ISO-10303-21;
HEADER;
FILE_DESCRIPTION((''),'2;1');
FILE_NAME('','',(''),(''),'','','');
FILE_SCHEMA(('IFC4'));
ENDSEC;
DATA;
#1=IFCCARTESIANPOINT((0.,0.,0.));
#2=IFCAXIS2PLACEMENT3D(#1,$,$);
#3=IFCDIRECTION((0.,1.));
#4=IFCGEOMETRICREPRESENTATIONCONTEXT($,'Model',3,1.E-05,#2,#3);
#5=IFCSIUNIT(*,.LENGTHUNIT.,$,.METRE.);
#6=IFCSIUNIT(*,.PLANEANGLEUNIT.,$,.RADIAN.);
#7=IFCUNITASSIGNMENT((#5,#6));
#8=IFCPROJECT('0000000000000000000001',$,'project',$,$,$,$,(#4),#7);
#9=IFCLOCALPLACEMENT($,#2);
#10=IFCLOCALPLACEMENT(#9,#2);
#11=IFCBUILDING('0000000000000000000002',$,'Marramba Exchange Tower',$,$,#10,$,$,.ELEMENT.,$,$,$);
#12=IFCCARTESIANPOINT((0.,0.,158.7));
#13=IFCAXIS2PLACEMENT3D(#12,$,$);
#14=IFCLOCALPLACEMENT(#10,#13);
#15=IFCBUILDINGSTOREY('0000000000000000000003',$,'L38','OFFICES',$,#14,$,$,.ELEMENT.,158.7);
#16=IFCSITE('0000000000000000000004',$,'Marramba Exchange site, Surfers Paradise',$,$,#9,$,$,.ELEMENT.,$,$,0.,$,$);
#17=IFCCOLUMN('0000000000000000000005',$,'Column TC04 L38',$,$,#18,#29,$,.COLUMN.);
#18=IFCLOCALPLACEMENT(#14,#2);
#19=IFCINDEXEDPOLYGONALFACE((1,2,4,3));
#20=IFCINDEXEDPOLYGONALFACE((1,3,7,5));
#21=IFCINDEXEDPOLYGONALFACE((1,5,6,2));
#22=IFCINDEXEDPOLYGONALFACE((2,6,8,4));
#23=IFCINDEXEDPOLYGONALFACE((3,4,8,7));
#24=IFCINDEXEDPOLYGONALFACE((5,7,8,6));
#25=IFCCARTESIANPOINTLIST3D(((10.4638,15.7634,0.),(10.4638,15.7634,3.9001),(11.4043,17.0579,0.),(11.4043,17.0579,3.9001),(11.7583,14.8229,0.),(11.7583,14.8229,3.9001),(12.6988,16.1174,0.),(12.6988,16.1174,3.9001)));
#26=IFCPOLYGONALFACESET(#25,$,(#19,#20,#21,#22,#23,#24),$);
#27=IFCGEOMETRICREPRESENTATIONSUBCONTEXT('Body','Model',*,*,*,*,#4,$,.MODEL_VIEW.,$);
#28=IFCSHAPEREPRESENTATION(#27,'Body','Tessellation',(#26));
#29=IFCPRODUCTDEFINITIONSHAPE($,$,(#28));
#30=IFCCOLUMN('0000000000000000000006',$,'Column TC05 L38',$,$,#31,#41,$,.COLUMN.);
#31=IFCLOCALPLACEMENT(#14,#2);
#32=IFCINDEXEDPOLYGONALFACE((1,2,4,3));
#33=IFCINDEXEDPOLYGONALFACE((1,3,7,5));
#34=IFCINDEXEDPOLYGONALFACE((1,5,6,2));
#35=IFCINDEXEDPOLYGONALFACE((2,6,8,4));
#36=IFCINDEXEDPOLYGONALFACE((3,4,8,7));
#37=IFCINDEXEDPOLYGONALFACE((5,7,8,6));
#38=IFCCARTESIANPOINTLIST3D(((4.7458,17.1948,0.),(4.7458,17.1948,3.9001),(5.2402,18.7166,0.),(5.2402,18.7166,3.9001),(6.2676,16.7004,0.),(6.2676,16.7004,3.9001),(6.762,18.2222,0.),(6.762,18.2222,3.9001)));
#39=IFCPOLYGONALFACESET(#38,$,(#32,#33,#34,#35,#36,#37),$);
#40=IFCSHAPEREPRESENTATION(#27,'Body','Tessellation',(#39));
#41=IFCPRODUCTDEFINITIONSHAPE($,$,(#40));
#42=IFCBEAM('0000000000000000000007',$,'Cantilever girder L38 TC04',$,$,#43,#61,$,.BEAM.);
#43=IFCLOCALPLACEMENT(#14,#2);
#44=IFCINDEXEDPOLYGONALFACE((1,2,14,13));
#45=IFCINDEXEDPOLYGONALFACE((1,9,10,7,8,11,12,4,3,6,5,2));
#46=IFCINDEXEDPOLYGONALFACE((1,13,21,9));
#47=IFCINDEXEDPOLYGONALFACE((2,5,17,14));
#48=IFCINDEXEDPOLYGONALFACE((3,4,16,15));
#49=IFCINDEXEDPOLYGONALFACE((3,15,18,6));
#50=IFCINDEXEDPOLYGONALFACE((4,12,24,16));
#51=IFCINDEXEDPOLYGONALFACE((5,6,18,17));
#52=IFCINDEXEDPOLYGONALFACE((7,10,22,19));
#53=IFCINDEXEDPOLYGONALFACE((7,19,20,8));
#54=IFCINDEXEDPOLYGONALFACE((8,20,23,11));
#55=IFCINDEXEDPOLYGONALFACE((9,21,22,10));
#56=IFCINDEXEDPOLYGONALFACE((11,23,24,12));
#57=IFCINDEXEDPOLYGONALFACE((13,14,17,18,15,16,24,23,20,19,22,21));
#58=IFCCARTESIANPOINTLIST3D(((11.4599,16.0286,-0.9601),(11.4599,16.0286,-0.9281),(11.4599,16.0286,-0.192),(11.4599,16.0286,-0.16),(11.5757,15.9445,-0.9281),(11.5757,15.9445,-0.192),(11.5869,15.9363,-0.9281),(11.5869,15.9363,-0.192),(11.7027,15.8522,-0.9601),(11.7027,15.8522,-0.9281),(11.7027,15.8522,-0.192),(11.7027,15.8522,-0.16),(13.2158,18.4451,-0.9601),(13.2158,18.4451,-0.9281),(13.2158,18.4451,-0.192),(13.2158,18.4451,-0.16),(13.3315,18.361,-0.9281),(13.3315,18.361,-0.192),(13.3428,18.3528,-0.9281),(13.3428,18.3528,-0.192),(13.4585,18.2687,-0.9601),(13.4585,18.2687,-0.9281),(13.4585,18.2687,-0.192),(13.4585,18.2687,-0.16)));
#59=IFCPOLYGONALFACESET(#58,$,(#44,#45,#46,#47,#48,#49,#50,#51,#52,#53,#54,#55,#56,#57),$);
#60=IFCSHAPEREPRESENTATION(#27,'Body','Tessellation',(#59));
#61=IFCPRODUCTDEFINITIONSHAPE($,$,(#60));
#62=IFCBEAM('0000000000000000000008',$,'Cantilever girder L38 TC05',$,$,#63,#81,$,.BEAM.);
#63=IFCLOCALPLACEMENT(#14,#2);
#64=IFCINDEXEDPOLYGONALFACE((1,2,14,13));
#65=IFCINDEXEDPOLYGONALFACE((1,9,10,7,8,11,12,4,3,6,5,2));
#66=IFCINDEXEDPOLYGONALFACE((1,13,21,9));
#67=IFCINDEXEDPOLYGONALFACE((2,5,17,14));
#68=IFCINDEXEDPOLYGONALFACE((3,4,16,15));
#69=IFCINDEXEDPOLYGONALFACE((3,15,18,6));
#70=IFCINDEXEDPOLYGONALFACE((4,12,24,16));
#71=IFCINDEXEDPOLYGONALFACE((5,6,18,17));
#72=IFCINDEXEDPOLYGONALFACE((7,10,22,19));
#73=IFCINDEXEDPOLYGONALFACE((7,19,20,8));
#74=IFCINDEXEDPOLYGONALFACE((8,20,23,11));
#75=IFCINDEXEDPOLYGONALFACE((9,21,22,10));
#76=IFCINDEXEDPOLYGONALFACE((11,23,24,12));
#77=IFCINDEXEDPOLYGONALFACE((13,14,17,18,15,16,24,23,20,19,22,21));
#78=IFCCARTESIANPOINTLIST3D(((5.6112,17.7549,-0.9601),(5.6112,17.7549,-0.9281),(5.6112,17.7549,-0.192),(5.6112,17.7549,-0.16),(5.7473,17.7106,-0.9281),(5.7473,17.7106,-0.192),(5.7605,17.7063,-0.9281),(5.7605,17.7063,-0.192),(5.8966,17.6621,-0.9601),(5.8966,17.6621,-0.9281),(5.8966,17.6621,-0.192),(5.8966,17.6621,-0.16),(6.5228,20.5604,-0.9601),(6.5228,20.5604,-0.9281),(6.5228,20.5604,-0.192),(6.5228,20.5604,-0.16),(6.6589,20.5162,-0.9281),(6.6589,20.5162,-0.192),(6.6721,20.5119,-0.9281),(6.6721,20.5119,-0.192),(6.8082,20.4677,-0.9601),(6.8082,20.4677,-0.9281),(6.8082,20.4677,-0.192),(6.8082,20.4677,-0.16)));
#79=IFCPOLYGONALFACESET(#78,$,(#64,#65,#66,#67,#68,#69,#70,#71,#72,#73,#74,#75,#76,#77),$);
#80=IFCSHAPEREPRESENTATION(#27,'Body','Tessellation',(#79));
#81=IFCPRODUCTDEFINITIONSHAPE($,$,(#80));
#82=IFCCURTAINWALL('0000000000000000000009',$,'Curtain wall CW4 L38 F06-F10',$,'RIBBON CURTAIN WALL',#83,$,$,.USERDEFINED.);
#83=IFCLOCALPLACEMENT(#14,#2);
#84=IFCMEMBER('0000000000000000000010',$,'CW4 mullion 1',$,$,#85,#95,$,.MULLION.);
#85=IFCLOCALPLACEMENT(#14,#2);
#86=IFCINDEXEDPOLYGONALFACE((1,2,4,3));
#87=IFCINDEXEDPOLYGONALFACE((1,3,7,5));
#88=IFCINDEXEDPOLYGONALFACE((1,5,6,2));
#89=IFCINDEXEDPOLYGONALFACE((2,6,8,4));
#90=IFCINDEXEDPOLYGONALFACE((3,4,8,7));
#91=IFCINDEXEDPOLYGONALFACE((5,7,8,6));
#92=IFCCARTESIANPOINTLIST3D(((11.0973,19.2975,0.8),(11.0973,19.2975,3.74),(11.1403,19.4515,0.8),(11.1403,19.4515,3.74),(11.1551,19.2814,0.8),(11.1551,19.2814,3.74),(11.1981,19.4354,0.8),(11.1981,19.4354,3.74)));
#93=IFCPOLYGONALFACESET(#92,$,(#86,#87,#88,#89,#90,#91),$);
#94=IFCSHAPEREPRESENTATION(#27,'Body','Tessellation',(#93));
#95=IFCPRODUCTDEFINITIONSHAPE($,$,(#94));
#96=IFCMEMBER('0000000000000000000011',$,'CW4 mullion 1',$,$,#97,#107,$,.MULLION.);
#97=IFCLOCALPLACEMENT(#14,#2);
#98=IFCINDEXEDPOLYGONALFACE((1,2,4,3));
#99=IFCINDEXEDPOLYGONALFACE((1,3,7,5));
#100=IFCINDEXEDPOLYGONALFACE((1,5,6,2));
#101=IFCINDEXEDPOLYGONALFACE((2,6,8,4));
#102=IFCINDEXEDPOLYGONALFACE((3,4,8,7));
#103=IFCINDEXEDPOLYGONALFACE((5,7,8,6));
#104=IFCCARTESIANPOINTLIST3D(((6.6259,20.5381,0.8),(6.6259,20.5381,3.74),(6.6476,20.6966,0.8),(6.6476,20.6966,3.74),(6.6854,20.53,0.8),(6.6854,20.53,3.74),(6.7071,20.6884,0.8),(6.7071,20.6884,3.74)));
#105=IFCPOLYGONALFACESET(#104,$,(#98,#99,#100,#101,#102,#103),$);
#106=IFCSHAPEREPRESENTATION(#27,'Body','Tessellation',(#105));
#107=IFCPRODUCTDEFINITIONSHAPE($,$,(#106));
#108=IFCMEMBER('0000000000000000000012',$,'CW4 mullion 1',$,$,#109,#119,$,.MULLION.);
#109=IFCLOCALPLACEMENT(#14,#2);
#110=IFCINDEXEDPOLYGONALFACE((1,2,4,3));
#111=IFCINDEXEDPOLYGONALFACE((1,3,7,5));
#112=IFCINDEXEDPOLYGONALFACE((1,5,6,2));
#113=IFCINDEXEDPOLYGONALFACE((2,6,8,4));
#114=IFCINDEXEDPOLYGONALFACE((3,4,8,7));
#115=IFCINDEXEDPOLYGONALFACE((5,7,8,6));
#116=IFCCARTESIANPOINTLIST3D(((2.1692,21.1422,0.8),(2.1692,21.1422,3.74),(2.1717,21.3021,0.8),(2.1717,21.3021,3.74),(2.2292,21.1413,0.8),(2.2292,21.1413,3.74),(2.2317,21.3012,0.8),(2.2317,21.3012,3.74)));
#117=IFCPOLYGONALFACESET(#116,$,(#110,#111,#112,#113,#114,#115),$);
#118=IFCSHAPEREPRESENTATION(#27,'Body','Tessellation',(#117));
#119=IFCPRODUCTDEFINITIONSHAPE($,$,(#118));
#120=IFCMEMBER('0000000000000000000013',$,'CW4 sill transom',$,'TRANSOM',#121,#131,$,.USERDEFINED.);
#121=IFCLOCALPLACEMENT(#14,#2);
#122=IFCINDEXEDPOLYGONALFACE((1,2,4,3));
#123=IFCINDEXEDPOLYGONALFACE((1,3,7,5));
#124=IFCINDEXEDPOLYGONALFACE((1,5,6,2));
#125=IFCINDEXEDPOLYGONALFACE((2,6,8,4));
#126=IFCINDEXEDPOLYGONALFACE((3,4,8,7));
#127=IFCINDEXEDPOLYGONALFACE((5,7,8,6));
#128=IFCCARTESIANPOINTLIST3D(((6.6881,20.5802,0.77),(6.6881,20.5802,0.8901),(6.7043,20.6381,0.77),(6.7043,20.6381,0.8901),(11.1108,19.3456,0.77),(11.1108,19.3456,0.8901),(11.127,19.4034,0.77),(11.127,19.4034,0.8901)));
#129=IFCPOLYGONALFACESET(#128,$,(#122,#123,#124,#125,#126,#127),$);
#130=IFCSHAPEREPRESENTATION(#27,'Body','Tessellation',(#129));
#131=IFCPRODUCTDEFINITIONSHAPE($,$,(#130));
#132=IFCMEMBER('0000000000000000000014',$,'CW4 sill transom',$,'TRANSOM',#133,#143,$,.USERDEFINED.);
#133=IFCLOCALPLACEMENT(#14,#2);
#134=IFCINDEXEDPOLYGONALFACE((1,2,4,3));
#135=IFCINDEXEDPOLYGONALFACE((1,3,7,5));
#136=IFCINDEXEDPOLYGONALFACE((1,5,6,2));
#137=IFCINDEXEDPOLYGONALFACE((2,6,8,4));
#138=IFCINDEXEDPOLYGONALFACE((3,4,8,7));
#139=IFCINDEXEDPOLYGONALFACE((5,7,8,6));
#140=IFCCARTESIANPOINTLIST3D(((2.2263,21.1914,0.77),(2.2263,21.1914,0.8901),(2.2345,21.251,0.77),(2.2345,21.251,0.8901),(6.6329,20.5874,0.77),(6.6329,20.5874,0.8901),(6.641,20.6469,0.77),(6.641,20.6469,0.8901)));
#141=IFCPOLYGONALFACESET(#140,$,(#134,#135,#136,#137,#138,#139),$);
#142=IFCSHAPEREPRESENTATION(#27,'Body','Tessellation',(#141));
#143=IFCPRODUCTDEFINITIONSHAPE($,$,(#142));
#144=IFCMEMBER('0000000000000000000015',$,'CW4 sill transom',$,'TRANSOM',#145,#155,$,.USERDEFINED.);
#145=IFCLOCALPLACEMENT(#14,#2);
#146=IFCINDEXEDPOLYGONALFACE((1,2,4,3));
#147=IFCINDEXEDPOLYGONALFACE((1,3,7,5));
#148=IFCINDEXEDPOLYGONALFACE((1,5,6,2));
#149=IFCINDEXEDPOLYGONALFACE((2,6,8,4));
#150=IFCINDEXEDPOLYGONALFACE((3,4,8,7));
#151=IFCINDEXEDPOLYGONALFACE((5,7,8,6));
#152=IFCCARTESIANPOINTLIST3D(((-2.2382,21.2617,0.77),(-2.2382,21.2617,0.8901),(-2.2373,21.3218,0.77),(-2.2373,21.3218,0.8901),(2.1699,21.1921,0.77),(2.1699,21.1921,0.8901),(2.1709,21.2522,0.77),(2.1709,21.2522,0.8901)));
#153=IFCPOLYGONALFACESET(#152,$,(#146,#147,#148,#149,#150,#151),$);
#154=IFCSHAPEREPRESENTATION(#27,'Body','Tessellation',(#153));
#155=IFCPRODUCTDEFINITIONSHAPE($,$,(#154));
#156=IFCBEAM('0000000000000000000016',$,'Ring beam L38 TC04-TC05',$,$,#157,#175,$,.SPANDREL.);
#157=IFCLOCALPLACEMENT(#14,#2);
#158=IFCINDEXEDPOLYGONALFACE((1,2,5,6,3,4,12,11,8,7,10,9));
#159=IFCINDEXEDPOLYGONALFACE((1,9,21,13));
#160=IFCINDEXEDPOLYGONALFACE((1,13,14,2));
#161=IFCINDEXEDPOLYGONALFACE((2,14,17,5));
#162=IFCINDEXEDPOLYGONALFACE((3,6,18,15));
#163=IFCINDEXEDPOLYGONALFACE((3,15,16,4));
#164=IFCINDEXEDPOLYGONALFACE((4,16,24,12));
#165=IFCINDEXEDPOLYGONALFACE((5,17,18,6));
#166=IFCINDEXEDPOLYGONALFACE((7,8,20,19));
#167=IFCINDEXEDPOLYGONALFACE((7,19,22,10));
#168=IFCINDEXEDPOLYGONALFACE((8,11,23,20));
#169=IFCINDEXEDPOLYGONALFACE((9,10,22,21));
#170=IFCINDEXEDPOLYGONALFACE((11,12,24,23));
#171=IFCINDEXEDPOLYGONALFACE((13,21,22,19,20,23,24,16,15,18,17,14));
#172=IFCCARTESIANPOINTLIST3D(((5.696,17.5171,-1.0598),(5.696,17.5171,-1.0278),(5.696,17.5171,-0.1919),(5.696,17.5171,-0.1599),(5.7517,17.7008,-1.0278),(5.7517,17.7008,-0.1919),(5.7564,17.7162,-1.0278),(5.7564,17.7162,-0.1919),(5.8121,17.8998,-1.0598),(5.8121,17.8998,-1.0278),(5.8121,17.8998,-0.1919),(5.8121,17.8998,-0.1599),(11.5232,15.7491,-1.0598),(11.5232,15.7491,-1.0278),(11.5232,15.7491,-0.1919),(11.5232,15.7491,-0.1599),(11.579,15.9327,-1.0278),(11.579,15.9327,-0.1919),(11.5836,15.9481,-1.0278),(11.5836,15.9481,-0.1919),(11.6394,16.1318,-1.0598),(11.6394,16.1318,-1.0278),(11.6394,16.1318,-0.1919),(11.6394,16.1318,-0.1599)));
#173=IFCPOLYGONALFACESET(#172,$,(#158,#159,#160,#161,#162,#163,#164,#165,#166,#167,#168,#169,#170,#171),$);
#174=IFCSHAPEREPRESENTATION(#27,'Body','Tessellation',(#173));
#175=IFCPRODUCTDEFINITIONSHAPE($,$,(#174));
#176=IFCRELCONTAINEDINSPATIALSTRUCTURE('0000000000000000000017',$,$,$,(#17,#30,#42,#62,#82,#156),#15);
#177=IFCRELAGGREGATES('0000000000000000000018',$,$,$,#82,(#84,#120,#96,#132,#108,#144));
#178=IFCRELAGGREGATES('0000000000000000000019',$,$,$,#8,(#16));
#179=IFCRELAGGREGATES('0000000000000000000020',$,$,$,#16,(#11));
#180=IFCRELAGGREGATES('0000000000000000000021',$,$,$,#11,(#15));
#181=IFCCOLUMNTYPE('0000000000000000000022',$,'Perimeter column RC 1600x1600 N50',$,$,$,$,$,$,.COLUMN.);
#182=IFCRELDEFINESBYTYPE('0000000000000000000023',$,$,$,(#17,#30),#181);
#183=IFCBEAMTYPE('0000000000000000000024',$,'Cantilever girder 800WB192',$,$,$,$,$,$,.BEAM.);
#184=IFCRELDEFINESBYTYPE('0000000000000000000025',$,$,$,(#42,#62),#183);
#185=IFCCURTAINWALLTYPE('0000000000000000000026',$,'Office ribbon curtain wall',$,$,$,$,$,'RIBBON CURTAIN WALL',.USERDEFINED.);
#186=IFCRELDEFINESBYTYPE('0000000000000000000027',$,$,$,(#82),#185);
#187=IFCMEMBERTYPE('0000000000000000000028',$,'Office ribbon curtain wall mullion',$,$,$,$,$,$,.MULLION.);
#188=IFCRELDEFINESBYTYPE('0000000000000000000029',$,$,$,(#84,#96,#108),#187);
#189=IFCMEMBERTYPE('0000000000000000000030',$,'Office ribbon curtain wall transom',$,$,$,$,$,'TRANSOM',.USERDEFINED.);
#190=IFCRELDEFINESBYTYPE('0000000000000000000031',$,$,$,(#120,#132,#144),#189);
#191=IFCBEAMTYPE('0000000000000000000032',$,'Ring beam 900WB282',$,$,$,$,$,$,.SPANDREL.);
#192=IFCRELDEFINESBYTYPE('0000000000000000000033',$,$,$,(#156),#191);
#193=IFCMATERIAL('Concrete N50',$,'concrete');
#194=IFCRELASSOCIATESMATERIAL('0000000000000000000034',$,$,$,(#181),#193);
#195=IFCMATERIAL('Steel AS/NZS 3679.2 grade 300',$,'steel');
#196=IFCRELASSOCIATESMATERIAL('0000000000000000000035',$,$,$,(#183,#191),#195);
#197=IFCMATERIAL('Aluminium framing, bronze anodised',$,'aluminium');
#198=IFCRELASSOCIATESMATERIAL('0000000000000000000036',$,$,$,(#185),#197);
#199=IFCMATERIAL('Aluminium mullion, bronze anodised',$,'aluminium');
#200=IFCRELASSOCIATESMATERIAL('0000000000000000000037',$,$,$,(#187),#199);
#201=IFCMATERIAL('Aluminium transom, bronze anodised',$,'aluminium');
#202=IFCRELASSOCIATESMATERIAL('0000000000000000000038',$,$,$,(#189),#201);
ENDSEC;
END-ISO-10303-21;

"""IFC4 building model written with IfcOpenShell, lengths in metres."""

from ifc_helpers import new_model, si_unit, direction, frame, origin, origin_2d, place, context, subcontext, project, spatial, rectangle, i_section, extrude, material, material_profile, profile_set, type_object, element, aggregate, save


model = new_model("IFC4")

# Units and contexts
model_context = context("Model", 3, precision=1e-05, world=origin(), true_north=direction((0.0, 1.0)))
body_context = subcontext(model_context, "Body", "Model", "MODEL_VIEW")
ifc_project = project(units=[si_unit("LENGTHUNIT", "METRE"), si_unit("PLANEANGLEUNIT", "RADIAN")], contexts=[model_context])

# Site, building, storey
site_placement = place(None, origin())
site = spatial("IfcSite", under=ifc_project, at=site_placement, Name="Marramba Exchange site, Surfers Paradise", CompositionType="ELEMENT", RefElevation=0.0)
building_placement = place(site_placement, origin())
building = spatial("IfcBuilding", under=site, at=building_placement, Name="Marramba Exchange Tower", CompositionType="ELEMENT")
storey_placement = place(building_placement, frame((0.0, 0.0, 158.7)))
storey = spatial("IfcBuildingStorey", under=building, at=storey_placement, Name="L38", Description="OFFICES", CompositionType="ELEMENT", Elevation=158.7)

# Columns
ifc_material_1 = material(Name="Concrete N50", Category="concrete")
ifc_material_profile_1 = material_profile(ifc_material_1, rectangle(XDim=1.6001, YDim=1.6001, at=origin_2d()), Name="RC 1600x1600")
ifc_profile_set_1 = profile_set([ifc_material_profile_1], Name="Concrete N50")
column_type = type_object("IfcColumnType", Name="Perimeter column RC 1600x1600 N50", PredefinedType="COLUMN", material=ifc_profile_set_1)
for number, where, z_axis, x_axis, name in (
    (1, (11.5813, 15.9404, 0.0), (0.0, 0.0, 1.0), (0.587785, 0.809017, 0.0), "Column TC04 L38"),
    (2, (5.7539, 17.7085, 0.0), (0.0, 0.0, 1.0), (0.309017, 0.951057, 0.0), "Column TC05 L38"),
):
    element("IfcColumn", number, at=place(storey_placement, frame(where, z_axis=z_axis, x_axis=x_axis)), inside=storey, type_object=column_type, Name=name, PredefinedType="COLUMN", context=body_context, shape_type="SweptSolid", body=[
        extrude(rectangle(XDim=1.6001, YDim=1.6001, at=origin_2d()), origin(), (0.0, 0.0, 1.0), 3.9001),
    ])

# Beams
ifc_material_2 = material(Name="Steel AS/NZS 3679.2 grade 300", Category="steel")
ifc_material_profile_2 = material_profile(ifc_material_2, i_section(OverallWidth=0.3, OverallDepth=0.8, WebThickness=0.0139, FlangeThickness=0.032, at=origin_2d()), Name="800WB192")
ifc_profile_set_2 = profile_set([ifc_material_profile_2], Name="Steel AS/NZS 3679.2 grade 300")
beam_type_1 = type_object("IfcBeamType", Name="Cantilever girder 800WB192", PredefinedType="BEAM", material=ifc_profile_set_2)
beam_1_placement = place(storey_placement, frame((11.5813, 15.9404, -0.5601), z_axis=(0.587822, 0.80899, 0.0), x_axis=(-0.80899, 0.587822, 0.0)))
element("IfcBeam", 3, at=beam_1_placement, inside=storey, type_object=beam_type_1, Name="Cantilever girder L38 TC04", PredefinedType="BEAM", context=body_context, shape_type="SweptSolid", body=[
    extrude(i_section(OverallWidth=0.3, OverallDepth=0.8, WebThickness=0.0139, FlangeThickness=0.032, at=origin_2d()), origin(), (0.0, 0.0, 1.0), 2.9871),
])
beam_2_placement = place(storey_placement, frame((5.7539, 17.7085, -0.5601), z_axis=(0.309019, 0.951056, 0.0), x_axis=(-0.951056, 0.309019, 0.0)))
element("IfcBeam", 4, at=beam_2_placement, inside=storey, type_object=beam_type_1, Name="Cantilever girder L38 TC05", PredefinedType="BEAM", context=body_context, shape_type="SweptSolid", body=[
    extrude(i_section(OverallWidth=0.3, OverallDepth=0.8, WebThickness=0.0139, FlangeThickness=0.032, at=origin_2d()), origin(), (0.0, 0.0, 1.0), 2.95),
])

# Curtain wall, members
ifc_material_3 = material(Name="Aluminium framing, bronze anodised", Category="aluminium")
curtain_wall_type = type_object("IfcCurtainWallType", Name="Office ribbon curtain wall", ElementType="RIBBON CURTAIN WALL", PredefinedType="USERDEFINED", material=ifc_material_3)
curtain_wall_placement = place(storey_placement, origin())
curtain_wall = element("IfcCurtainWall", 5, at=curtain_wall_placement, inside=storey, type_object=curtain_wall_type, Name="Curtain wall CW4 L38 F06-F10", ObjectType="RIBBON CURTAIN WALL", PredefinedType="USERDEFINED")
ifc_material_4 = material(Name="Aluminium mullion, bronze anodised", Category="aluminium")
ifc_material_profile_3 = material_profile(ifc_material_4, rectangle(XDim=0.1599, YDim=0.0601, at=origin_2d()), Name="CW4 mullion 60x160")
ifc_profile_set_3 = profile_set([ifc_material_profile_3], Name="Aluminium mullion, bronze anodised")
member_type_1 = type_object("IfcMemberType", Name="Office ribbon curtain wall mullion", PredefinedType="MULLION", material=ifc_profile_set_3)
member_1_placement = place(storey_placement, frame((11.1477, 19.3665, 0.8), z_axis=(0.0, 0.0, 1.0), x_axis=(-0.268865, -0.963178, 0.0)))
member_1 = element("IfcMember", 6, at=member_1_placement, type_object=member_type_1, Name="CW4 mullion 1", PredefinedType="MULLION", context=body_context, shape_type="SweptSolid", body=[
    extrude(rectangle(XDim=0.1599, YDim=0.0601, at=origin_2d()), origin(), (0.0, 0.0, 1.0), 2.9399),
])
member_2_placement = place(storey_placement, frame((6.6665, 20.6133, 0.8), z_axis=(0.0, 0.0, 1.0), x_axis=(-0.135786, -0.990738, 0.0)))
member_2 = element("IfcMember", 7, at=member_2_placement, type_object=member_type_1, Name="CW4 mullion 1", PredefinedType="MULLION", context=body_context, shape_type="SweptSolid", body=[
    extrude(rectangle(XDim=0.1599, YDim=0.0601, at=origin_2d()), origin(), (0.0, 0.0, 1.0), 2.9399),
])
member_3_placement = place(storey_placement, frame((2.2004, 21.2217, 0.8), z_axis=(0.0, 0.0, 1.0), x_axis=(-0.015756, -0.999876, 0.0)))
member_3 = element("IfcMember", 8, at=member_3_placement, type_object=member_type_1, Name="CW4 mullion 1", PredefinedType="MULLION", context=body_context, shape_type="SweptSolid", body=[
    extrude(rectangle(XDim=0.1599, YDim=0.0601, at=origin_2d()), origin(), (0.0, 0.0, 1.0), 2.9399),
])
ifc_material_5 = material(Name="Aluminium transom, bronze anodised", Category="aluminium")
ifc_material_profile_4 = material_profile(ifc_material_5, rectangle(XDim=0.0601, YDim=0.1201, at=origin_2d()), Name="CW4 transom 60x120")
ifc_profile_set_4 = profile_set([ifc_material_profile_4], Name="Aluminium transom, bronze anodised")
member_type_2 = type_object("IfcMemberType", Name="Office ribbon curtain wall transom", ElementType="TRANSOM", PredefinedType="USERDEFINED", material=ifc_profile_set_4)
member_4_placement = place(storey_placement, frame((11.1189, 19.3745, 0.8301), z_axis=(-0.963174, 0.26888, 0.0), x_axis=(-0.26888, -0.963174, 0.0)))
member_4 = element("IfcMember", 9, at=member_4_placement, type_object=member_type_2, Name="CW4 sill transom", ObjectType="TRANSOM", PredefinedType="USERDEFINED", context=body_context, shape_type="SweptSolid", body=[
    extrude(rectangle(XDim=0.0601, YDim=0.1201, at=origin_2d()), origin(), (0.0, 0.0, 1.0), 4.5918),
])
member_5_placement = place(storey_placement, frame((6.637, 20.6172, 0.8301), z_axis=(-0.990736, 0.135801, 0.0), x_axis=(-0.135801, -0.990736, 0.0)))
member_5 = element("IfcMember", 10, at=member_5_placement, type_object=member_type_2, Name="CW4 sill transom", ObjectType="TRANSOM", PredefinedType="USERDEFINED", context=body_context, shape_type="SweptSolid", body=[
    extrude(rectangle(XDim=0.0601, YDim=0.1201, at=origin_2d()), origin(), (0.0, 0.0, 1.0), 4.4478),
])
member_6_placement = place(storey_placement, frame((2.1704, 21.2222, 0.8301), z_axis=(-0.999875, 0.015782, 0.0), x_axis=(-0.015782, -0.999875, 0.0)))
member_6 = element("IfcMember", 11, at=member_6_placement, type_object=member_type_2, Name="CW4 sill transom", ObjectType="TRANSOM", PredefinedType="USERDEFINED", context=body_context, shape_type="SweptSolid", body=[
    extrude(rectangle(XDim=0.0601, YDim=0.1201, at=origin_2d()), origin(), (0.0, 0.0, 1.0), 4.4087),
])

# Beam
ifc_material_profile_5 = material_profile(ifc_material_2, i_section(OverallWidth=0.3999, OverallDepth=0.8999, WebThickness=0.0161, FlangeThickness=0.032, at=origin_2d()), Name="900WB282")
ifc_profile_set_5 = profile_set([ifc_material_profile_5], Name="Steel AS/NZS 3679.2 grade 300")
beam_type_2 = type_object("IfcBeamType", Name="Ring beam 900WB282", PredefinedType="SPANDREL", material=ifc_profile_set_5)
beam_3_placement = place(storey_placement, frame((11.5813, 15.9404, -0.6099), z_axis=(-0.956925, 0.290337, 0.0), x_axis=(-0.290337, -0.956925, 0.0)))
element("IfcBeam", 12, at=beam_3_placement, inside=storey, type_object=beam_type_2, Name="Ring beam L38 TC04-TC05", PredefinedType="SPANDREL", context=body_context, shape_type="SweptSolid", body=[
    extrude(i_section(OverallWidth=0.3999, OverallDepth=0.8999, WebThickness=0.0161, FlangeThickness=0.032, at=origin_2d()), origin(), (0.0, 0.0, 1.0), 6.0896),
])

aggregate(curtain_wall, [member_1, member_4, member_2, member_5, member_3, member_6])

save(model, "model.ifc")
